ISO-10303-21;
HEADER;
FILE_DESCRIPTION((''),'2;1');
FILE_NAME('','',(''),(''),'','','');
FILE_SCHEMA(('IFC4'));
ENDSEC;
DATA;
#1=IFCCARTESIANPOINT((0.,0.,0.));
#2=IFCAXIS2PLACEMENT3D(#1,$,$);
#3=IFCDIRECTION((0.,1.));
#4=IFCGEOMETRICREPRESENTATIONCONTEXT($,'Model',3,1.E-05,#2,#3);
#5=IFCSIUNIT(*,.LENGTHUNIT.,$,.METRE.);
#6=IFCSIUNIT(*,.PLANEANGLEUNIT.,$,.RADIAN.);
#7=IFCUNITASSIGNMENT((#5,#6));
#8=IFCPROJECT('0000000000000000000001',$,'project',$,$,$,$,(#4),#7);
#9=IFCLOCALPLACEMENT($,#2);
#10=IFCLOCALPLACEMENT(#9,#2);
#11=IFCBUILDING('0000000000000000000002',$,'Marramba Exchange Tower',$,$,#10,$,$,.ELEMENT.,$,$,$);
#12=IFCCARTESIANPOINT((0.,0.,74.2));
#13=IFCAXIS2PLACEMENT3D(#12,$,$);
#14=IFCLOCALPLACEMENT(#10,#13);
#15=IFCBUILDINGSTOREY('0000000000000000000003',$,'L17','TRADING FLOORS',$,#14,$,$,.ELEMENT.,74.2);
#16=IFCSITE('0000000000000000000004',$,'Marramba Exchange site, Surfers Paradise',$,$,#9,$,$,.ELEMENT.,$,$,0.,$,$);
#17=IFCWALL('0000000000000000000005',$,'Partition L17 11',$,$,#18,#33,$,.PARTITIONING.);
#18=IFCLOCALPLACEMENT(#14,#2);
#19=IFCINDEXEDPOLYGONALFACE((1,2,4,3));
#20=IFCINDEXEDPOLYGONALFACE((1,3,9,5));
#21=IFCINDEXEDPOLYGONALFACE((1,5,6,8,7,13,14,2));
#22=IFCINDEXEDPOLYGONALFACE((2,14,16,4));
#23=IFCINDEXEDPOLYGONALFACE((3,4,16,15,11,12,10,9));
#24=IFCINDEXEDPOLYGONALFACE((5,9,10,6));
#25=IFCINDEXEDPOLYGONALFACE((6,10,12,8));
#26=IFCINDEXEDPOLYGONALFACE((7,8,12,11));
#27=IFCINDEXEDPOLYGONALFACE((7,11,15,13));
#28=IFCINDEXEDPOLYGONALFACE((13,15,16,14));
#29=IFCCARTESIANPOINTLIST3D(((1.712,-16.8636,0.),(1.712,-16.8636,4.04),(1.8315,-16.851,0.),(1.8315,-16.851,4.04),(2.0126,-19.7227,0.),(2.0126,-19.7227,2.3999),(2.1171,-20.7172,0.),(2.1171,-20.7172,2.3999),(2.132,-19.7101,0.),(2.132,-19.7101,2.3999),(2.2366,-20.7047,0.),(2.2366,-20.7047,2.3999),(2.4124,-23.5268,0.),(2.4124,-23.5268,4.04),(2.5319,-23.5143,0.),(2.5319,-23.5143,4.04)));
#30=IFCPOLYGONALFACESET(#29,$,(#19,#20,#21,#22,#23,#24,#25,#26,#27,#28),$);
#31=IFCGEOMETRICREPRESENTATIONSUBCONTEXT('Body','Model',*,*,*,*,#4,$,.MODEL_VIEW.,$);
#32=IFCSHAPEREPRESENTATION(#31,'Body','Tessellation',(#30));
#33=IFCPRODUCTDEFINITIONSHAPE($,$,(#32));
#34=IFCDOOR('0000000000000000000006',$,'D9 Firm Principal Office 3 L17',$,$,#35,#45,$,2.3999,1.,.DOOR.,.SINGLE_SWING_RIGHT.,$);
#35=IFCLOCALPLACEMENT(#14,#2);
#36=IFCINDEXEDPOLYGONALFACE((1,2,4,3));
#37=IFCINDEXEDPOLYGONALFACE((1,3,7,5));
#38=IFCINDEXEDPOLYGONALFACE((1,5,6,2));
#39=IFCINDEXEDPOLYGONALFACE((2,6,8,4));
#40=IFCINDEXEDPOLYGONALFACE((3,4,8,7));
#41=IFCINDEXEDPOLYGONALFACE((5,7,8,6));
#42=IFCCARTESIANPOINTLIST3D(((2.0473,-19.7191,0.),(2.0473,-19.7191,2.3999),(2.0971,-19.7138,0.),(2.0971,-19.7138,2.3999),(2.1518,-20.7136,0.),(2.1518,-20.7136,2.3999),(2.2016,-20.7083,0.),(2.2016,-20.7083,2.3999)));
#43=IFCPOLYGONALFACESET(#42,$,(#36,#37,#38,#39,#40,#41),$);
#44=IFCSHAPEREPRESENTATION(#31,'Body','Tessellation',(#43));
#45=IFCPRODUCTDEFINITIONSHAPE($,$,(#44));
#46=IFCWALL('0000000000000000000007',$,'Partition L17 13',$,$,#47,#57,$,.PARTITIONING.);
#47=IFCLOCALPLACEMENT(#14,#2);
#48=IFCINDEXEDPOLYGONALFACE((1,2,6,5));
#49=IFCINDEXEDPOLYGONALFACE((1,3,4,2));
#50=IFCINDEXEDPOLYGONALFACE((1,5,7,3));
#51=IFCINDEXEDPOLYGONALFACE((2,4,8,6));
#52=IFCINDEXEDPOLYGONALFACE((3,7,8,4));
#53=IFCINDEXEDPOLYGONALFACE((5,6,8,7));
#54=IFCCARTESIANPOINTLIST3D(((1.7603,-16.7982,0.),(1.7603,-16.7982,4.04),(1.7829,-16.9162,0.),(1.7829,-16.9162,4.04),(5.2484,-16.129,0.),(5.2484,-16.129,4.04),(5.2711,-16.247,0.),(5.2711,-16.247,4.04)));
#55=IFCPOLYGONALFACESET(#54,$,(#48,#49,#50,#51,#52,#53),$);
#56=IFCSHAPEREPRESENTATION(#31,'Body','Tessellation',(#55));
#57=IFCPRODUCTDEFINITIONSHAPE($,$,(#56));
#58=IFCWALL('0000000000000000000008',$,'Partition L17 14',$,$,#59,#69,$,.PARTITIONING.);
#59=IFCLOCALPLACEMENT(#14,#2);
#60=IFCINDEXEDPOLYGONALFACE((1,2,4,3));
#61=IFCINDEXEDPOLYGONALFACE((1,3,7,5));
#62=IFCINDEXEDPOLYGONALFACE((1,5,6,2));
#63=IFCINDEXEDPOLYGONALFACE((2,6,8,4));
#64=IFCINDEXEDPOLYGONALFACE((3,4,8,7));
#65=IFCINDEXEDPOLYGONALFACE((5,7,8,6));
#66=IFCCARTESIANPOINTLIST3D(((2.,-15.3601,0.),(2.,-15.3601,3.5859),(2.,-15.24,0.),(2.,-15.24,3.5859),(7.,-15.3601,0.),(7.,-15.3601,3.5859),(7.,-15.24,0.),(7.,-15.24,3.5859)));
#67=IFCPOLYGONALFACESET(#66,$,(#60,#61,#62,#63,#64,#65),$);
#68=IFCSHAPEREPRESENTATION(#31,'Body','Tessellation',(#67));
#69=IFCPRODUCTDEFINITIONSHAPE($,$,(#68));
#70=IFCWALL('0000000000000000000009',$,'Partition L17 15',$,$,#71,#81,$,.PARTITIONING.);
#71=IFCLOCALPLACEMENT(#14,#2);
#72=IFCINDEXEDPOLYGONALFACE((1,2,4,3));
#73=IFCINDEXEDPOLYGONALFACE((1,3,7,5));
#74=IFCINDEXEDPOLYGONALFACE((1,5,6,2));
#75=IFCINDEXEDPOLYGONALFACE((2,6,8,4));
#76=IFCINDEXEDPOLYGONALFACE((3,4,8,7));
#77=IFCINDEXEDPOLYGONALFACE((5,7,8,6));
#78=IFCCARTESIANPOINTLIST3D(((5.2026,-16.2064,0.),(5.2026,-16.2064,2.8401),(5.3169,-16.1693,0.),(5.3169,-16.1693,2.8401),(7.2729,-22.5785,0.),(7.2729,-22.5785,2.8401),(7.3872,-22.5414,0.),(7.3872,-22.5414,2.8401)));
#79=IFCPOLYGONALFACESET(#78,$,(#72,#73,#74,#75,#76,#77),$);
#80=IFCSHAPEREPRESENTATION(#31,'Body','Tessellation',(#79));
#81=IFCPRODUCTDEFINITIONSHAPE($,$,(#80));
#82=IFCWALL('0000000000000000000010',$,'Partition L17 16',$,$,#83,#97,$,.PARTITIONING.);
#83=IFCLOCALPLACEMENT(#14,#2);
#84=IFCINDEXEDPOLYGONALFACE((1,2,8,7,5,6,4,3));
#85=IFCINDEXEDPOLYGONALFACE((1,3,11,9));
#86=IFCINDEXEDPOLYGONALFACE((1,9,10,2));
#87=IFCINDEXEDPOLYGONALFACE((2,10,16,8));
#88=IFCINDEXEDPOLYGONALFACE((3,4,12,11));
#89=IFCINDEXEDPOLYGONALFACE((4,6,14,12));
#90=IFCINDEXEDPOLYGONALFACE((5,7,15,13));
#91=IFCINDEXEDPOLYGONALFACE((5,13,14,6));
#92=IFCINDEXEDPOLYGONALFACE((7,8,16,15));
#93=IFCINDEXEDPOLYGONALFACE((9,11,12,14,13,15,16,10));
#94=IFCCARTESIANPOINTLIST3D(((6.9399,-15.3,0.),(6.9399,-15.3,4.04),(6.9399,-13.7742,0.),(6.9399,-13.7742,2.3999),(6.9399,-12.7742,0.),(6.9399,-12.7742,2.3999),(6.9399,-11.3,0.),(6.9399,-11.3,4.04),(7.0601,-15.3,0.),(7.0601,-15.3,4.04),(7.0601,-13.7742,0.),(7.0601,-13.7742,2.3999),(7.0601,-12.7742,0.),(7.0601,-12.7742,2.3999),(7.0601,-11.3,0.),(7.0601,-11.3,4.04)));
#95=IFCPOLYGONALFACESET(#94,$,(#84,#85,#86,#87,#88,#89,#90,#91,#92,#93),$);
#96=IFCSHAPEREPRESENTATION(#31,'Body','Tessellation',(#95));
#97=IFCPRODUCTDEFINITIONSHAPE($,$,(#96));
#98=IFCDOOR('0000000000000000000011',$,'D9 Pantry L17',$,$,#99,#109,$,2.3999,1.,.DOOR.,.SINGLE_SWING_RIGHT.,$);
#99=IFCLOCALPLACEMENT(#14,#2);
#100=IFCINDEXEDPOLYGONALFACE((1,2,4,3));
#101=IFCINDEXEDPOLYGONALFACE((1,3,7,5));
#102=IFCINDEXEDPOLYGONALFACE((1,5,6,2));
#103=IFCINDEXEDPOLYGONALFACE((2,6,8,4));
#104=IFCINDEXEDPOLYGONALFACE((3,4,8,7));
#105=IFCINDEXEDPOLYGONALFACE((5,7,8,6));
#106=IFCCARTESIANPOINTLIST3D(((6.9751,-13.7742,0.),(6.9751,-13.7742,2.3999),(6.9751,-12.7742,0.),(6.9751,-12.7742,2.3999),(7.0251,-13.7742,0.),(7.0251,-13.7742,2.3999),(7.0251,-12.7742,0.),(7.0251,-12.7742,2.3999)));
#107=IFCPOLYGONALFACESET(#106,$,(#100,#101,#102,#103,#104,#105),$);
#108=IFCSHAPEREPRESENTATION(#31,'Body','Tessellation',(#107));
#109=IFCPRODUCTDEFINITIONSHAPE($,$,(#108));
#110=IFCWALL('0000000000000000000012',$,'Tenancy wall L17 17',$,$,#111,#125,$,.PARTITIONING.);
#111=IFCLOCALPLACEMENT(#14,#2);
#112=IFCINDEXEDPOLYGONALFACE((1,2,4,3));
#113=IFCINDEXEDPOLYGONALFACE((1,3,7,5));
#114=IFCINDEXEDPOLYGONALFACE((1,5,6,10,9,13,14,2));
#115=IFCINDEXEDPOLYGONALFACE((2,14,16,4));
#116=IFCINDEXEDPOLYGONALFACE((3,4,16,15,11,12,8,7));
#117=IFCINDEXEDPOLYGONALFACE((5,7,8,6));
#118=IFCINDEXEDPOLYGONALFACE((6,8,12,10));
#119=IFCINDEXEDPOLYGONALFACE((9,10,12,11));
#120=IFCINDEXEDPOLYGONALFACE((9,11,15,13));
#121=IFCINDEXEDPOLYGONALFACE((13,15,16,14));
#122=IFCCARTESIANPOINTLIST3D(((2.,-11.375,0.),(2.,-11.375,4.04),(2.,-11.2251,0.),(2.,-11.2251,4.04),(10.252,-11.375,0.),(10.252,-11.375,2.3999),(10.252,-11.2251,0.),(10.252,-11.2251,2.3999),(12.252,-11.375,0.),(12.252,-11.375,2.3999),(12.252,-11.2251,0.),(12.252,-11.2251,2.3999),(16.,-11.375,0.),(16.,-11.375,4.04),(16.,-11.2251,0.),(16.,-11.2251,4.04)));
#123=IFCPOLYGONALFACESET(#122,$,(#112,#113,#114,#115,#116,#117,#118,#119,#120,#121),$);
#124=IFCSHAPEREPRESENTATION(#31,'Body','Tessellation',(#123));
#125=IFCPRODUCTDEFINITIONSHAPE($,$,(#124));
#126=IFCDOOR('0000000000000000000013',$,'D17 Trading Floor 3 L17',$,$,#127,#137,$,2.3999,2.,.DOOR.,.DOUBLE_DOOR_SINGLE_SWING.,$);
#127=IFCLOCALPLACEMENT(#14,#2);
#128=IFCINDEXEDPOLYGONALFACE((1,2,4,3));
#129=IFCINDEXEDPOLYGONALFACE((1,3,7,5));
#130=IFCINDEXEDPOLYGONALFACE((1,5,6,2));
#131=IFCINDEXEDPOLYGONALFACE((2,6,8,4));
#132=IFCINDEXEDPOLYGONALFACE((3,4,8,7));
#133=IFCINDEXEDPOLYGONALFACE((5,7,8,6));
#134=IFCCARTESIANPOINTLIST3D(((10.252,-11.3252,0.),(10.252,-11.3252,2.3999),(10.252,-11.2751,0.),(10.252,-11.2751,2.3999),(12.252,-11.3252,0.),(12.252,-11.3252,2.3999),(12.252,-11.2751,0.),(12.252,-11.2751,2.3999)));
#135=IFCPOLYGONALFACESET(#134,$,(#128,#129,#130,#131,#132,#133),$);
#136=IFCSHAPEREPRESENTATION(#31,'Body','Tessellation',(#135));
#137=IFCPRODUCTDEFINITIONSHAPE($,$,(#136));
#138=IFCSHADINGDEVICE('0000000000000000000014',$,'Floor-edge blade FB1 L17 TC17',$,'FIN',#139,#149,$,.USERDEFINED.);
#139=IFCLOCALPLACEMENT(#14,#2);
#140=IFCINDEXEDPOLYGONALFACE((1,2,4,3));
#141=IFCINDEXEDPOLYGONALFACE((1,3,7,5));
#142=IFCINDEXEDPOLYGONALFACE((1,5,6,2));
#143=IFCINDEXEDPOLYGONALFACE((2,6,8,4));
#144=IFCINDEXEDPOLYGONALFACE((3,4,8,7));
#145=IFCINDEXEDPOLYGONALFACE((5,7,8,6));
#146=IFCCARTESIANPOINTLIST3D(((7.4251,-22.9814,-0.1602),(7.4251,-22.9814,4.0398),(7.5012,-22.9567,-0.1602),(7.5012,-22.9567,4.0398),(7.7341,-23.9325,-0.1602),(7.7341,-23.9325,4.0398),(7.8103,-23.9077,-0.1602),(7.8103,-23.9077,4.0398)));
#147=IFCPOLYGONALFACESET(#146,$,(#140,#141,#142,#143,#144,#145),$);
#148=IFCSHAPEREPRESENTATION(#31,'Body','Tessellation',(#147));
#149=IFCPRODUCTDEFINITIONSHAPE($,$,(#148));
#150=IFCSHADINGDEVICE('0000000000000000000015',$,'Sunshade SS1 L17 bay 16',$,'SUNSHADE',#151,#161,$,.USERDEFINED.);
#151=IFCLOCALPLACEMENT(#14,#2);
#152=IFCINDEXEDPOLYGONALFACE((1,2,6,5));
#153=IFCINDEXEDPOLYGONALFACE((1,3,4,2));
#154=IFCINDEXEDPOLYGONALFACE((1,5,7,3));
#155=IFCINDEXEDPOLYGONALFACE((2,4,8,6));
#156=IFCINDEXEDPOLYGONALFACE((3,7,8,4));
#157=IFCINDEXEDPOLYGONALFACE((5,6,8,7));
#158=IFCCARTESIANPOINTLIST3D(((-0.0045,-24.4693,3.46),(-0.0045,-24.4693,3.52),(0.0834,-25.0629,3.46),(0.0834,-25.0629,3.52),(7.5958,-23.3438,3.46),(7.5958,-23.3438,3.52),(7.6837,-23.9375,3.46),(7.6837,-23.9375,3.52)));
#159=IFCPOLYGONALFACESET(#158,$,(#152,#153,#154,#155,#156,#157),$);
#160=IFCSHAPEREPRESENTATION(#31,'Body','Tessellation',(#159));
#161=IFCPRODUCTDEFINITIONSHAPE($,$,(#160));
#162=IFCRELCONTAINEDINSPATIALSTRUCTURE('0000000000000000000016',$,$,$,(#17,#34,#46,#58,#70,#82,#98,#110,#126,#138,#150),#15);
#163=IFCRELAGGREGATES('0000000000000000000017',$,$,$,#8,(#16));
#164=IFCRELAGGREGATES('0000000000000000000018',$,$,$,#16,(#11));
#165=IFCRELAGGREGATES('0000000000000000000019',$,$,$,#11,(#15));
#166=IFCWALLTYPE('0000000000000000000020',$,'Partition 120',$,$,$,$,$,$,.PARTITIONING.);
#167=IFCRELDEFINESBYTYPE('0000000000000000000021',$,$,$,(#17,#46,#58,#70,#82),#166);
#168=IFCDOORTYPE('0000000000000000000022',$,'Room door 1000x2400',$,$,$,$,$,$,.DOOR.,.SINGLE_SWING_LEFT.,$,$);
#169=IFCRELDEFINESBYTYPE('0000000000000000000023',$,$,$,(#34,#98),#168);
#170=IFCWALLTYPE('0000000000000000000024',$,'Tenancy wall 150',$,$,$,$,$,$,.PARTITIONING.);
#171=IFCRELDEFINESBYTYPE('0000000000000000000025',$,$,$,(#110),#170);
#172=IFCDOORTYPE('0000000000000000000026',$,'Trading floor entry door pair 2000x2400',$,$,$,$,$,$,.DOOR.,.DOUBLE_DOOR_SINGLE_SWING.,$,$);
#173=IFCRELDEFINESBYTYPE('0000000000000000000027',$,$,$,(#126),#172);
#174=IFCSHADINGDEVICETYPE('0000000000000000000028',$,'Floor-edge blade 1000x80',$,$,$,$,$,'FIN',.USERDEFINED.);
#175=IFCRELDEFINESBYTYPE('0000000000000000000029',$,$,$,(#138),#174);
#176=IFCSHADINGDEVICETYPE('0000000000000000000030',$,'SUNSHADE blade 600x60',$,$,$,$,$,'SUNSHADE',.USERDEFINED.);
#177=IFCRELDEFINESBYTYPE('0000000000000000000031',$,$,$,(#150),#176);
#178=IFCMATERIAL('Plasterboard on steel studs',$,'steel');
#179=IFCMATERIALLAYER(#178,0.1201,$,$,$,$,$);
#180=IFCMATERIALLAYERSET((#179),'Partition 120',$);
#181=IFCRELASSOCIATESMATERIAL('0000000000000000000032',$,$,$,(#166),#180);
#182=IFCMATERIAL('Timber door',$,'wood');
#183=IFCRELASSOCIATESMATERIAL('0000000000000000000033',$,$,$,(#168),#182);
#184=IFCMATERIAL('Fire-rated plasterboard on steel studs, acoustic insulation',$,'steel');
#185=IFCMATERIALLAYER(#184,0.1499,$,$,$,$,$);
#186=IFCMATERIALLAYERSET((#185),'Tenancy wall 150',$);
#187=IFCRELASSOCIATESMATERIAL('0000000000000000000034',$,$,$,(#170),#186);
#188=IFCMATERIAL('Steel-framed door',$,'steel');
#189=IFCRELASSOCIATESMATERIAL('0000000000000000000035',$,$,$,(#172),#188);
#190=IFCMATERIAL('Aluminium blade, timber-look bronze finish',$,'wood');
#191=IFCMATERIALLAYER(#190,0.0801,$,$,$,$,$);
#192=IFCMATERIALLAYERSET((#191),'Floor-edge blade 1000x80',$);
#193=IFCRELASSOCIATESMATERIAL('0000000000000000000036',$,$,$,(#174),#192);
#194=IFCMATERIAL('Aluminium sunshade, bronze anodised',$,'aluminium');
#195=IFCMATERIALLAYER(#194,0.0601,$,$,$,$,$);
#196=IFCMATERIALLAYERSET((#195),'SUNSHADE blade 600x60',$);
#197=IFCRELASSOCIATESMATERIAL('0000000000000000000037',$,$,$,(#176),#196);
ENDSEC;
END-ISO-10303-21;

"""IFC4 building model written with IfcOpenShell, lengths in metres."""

from ifc_helpers import new_model, si_unit, direction, frame, frame_2d, origin, origin_2d, place, context, subcontext, project, spatial, rectangle, extrude, material, layer, layer_set, type_object, element, fill, save


model = new_model("IFC4")

# Units and contexts
model_context = context("Model", 3, precision=1e-05, world=origin(), true_north=direction((0.0, 1.0)))
body_context = subcontext(model_context, "Body", "Model", "MODEL_VIEW")
ifc_project = project(units=[si_unit("LENGTHUNIT", "METRE"), si_unit("PLANEANGLEUNIT", "RADIAN")], contexts=[model_context])

# Site, building, storey
site_placement = place(None, origin())
site = spatial("IfcSite", under=ifc_project, at=site_placement, Name="Marramba Exchange site, Surfers Paradise", CompositionType="ELEMENT", RefElevation=0.0)
building_placement = place(site_placement, origin())
building = spatial("IfcBuilding", under=site, at=building_placement, Name="Marramba Exchange Tower", CompositionType="ELEMENT")
storey_placement = place(building_placement, frame((0.0, 0.0, 74.2)))
storey = spatial("IfcBuildingStorey", under=building, at=storey_placement, Name="L17", Description="TRADING FLOORS", CompositionType="ELEMENT", Elevation=74.2)

# Wall, opening, door
ifc_material_1 = material(Name="Plasterboard on steel studs", Category="steel")
ifc_layer_1 = layer(ifc_material_1, 0.1201)
ifc_layer_set_1 = layer_set([ifc_layer_1], Name="Partition 120")
wall_type_1 = type_object("IfcWallType", Name="Partition 120", PredefinedType="PARTITIONING", material=ifc_layer_set_1)
wall_1_placement = place(storey_placement, frame((1.7717, -16.8572, 0.0), z_axis=(0.0, 0.0, 1.0), x_axis=(0.104543, -0.99452, 0.0)))
wall_1 = element("IfcWall", 1, at=wall_1_placement, inside=storey, type_object=wall_type_1, Name="Partition L17 11", PredefinedType="PARTITIONING", context=body_context, shape_type="SweptSolid", body=[
    extrude(rectangle(XDim=6.7, YDim=0.1201, at=frame_2d((3.3501, 0.0))), origin(), (0.0, 0.0, 1.0), 4.04),
])
opening_1_placement = place(wall_1_placement, frame((2.875, 0.0, 0.0)))
opening_1 = element("IfcOpeningElement", 2, at=opening_1_placement, cuts=wall_1, PredefinedType="OPENING", context=body_context, shape_type="SweptSolid", body=[
    extrude(rectangle(XDim=1.0, YDim=2.3999, at=frame_2d((0.5, 1.2))), frame((0.0, 0.0701, 0.0), z_axis=(0.0, -1.0, 0.0), x_axis=(1.0, 0.0, 0.0)), (0.0, 0.0, 1.0), 0.1401),
])
ifc_material_2 = material(Name="Timber door", Category="wood")
door_type_1 = type_object("IfcDoorType", Name="Room door 1000x2400", OperationType="SINGLE_SWING_LEFT", PredefinedType="DOOR", material=ifc_material_2)
door_1_placement = place(opening_1_placement, origin())
door_1 = element("IfcDoor", 3, at=door_1_placement, inside=storey, type_object=door_type_1, Name="D9 Firm Principal Office 3 L17", OperationType="SINGLE_SWING_RIGHT", OverallHeight=2.3999, OverallWidth=1.0, PredefinedType="DOOR", context=body_context, shape_type="SweptSolid", body=[
    extrude(rectangle(XDim=1.0, YDim=2.3999, at=frame_2d((0.5, 1.2))), frame((0.0, 0.0249, 0.0), z_axis=(0.0, -1.0, 0.0), x_axis=(1.0, 0.0, 0.0)), (0.0, 0.0, 1.0), 0.05),
])
fill(opening_1, door_1)

# Walls
wall_2_placement = place(storey_placement, frame((5.2598, -16.188, 0.0), z_axis=(0.0, 0.0, 1.0), x_axis=(-0.982089, -0.188416, 0.0)))
element("IfcWall", 4, at=wall_2_placement, inside=storey, type_object=wall_type_1, Name="Partition L17 13", PredefinedType="PARTITIONING", context=body_context, shape_type="SweptSolid", body=[
    extrude(rectangle(XDim=3.5518, YDim=0.1201, at=frame_2d((1.7759, 0.0))), origin(), (0.0, 0.0, 1.0), 4.04),
])
wall_3_placement = place(storey_placement, frame((2.0, -15.3, 0.0), z_axis=(0.0, 0.0, 1.0), x_axis=(1.0, 0.0, 0.0)))
element("IfcWall", 5, at=wall_3_placement, inside=storey, type_object=wall_type_1, Name="Partition L17 14", PredefinedType="PARTITIONING", context=body_context, shape_type="SweptSolid", body=[
    extrude(rectangle(XDim=5.0, YDim=0.1201, at=frame_2d((2.5, 0.0))), origin(), (0.0, 0.0, 1.0), 3.5859),
])
wall_4_placement = place(storey_placement, frame((7.3301, -22.5601, 0.0), z_axis=(0.0, 0.0, 1.0), x_axis=(-0.309004, 0.951061, 0.0)))
element("IfcWall", 6, at=wall_4_placement, inside=storey, type_object=wall_type_1, Name="Partition L17 15", PredefinedType="PARTITIONING", context=body_context, shape_type="SweptSolid", body=[
    extrude(rectangle(XDim=6.7, YDim=0.1201, at=frame_2d((3.3501, 0.0))), origin(), (0.0, 0.0, 1.0), 2.8401),
])

# Walls, openings, doors
wall_5_placement = place(storey_placement, frame((7.0, -15.3, 0.0), z_axis=(0.0, 0.0, 1.0), x_axis=(0.0, 1.0, 0.0)))
wall_5 = element("IfcWall", 7, at=wall_5_placement, inside=storey, type_object=wall_type_1, Name="Partition L17 16", PredefinedType="PARTITIONING", context=body_context, shape_type="SweptSolid", body=[
    extrude(rectangle(XDim=4.0, YDim=0.1201, at=frame_2d((2.0, 0.0))), origin(), (0.0, 0.0, 1.0), 4.04),
])
opening_2_placement = place(wall_5_placement, frame((1.5259, 0.0, 0.0)))
opening_2 = element("IfcOpeningElement", 8, at=opening_2_placement, cuts=wall_5, PredefinedType="OPENING", context=body_context, shape_type="SweptSolid", body=[
    extrude(rectangle(XDim=1.0, YDim=2.3999, at=frame_2d((0.5, 1.2))), frame((0.0, 0.0701, 0.0), z_axis=(0.0, -1.0, 0.0), x_axis=(1.0, 0.0, 0.0)), (0.0, 0.0, 1.0), 0.1401),
])
door_2_placement = place(opening_2_placement, origin())
door_2 = element("IfcDoor", 9, at=door_2_placement, inside=storey, type_object=door_type_1, Name="D9 Pantry L17", OperationType="SINGLE_SWING_RIGHT", OverallHeight=2.3999, OverallWidth=1.0, PredefinedType="DOOR", context=body_context, shape_type="SweptSolid", body=[
    extrude(rectangle(XDim=1.0, YDim=2.3999, at=frame_2d((0.5, 1.2))), frame((0.0, 0.0249, 0.0), z_axis=(0.0, -1.0, 0.0), x_axis=(1.0, 0.0, 0.0)), (0.0, 0.0, 1.0), 0.05),
])
fill(opening_2, door_2)
ifc_material_3 = material(Name="Fire-rated plasterboard on steel studs, acoustic insulation", Category="steel")
ifc_layer_2 = layer(ifc_material_3, 0.1499)
ifc_layer_set_2 = layer_set([ifc_layer_2], Name="Tenancy wall 150")
wall_type_2 = type_object("IfcWallType", Name="Tenancy wall 150", PredefinedType="PARTITIONING", material=ifc_layer_set_2)
wall_6_placement = place(storey_placement, frame((2.0, -11.3, 0.0), z_axis=(0.0, 0.0, 1.0), x_axis=(1.0, 0.0, 0.0)))
wall_6 = element("IfcWall", 10, at=wall_6_placement, inside=storey, type_object=wall_type_2, Name="Tenancy wall L17 17", PredefinedType="PARTITIONING", context=body_context, shape_type="SweptSolid", body=[
    extrude(rectangle(XDim=14.0, YDim=0.1499, at=frame_2d((7.0, 0.0))), origin(), (0.0, 0.0, 1.0), 4.04),
])
opening_3_placement = place(wall_6_placement, frame((8.252, 0.0, 0.0)))
opening_3 = element("IfcOpeningElement", 11, at=opening_3_placement, cuts=wall_6, PredefinedType="OPENING", context=body_context, shape_type="SweptSolid", body=[
    extrude(rectangle(XDim=2.0, YDim=2.3999, at=frame_2d((1.0, 1.2))), frame((0.0, 0.085, 0.0), z_axis=(0.0, -1.0, 0.0), x_axis=(1.0, 0.0, 0.0)), (0.0, 0.0, 1.0), 0.1699),
])
ifc_material_4 = material(Name="Steel-framed door", Category="steel")
door_type_2 = type_object("IfcDoorType", Name="Trading floor entry door pair 2000x2400", OperationType="DOUBLE_DOOR_SINGLE_SWING", PredefinedType="DOOR", material=ifc_material_4)
door_3_placement = place(opening_3_placement, origin())
door_3 = element("IfcDoor", 12, at=door_3_placement, inside=storey, type_object=door_type_2, Name="D17 Trading Floor 3 L17", OperationType="DOUBLE_DOOR_SINGLE_SWING", OverallHeight=2.3999, OverallWidth=2.0, PredefinedType="DOOR", context=body_context, shape_type="SweptSolid", body=[
    extrude(rectangle(XDim=2.0, YDim=2.3999, at=frame_2d((1.0, 1.2))), frame((0.0, 0.0249, 0.0), z_axis=(0.0, -1.0, 0.0), x_axis=(1.0, 0.0, 0.0)), (0.0, 0.0, 1.0), 0.05),
])
fill(opening_3, door_3)

# Shading devices
ifc_material_5 = material(Name="Aluminium blade, timber-look bronze finish", Category="wood")
ifc_layer_3 = layer(ifc_material_5, 0.0801)
ifc_layer_set_3 = layer_set([ifc_layer_3], Name="Floor-edge blade 1000x80")
shading_device_type_1 = type_object("IfcShadingDeviceType", Name="Floor-edge blade 1000x80", ElementType="FIN", PredefinedType="USERDEFINED", material=ifc_layer_set_3)
shading_device_1_placement = place(storey_placement, frame((7.6177, -23.4446, -0.1602), z_axis=(0.0, 0.0, 1.0), x_axis=(0.309017, -0.951057, 0.0)))
element("IfcShadingDevice", 13, at=shading_device_1_placement, inside=storey, type_object=shading_device_type_1, Name="Floor-edge blade FB1 L17 TC17", ObjectType="FIN", PredefinedType="USERDEFINED", context=body_context, shape_type="SweptSolid", body=[
    extrude(rectangle(XDim=1.0, YDim=0.0801, at=origin_2d()), origin(), (0.0, 0.0, 1.0), 4.2),
])
ifc_material_6 = material(Name="Aluminium sunshade, bronze anodised", Category="aluminium")
ifc_layer_4 = layer(ifc_material_6, 0.0601)
ifc_layer_set_4 = layer_set([ifc_layer_4], Name="SUNSHADE blade 600x60")
shading_device_type_2 = type_object("IfcShadingDeviceType", Name="SUNSHADE blade 600x60", ElementType="SUNSHADE", PredefinedType="USERDEFINED", material=ifc_layer_set_4)
shading_device_2_placement = place(storey_placement, frame((3.8396, -24.2034, 3.46), z_axis=(0.0, 0.0, 1.0), x_axis=(0.989213, 0.146485, 0.0)))
element("IfcShadingDevice", 14, at=shading_device_2_placement, inside=storey, type_object=shading_device_type_2, Name="Sunshade SS1 L17 bay 16", ObjectType="SUNSHADE", PredefinedType="USERDEFINED", context=body_context, shape_type="SweptSolid", body=[
    extrude(rectangle(XDim=7.6831, YDim=0.6001, at=origin_2d()), origin(), (0.0, 0.0, 1.0), 0.0601),
])

save(model, "model.ifc")
